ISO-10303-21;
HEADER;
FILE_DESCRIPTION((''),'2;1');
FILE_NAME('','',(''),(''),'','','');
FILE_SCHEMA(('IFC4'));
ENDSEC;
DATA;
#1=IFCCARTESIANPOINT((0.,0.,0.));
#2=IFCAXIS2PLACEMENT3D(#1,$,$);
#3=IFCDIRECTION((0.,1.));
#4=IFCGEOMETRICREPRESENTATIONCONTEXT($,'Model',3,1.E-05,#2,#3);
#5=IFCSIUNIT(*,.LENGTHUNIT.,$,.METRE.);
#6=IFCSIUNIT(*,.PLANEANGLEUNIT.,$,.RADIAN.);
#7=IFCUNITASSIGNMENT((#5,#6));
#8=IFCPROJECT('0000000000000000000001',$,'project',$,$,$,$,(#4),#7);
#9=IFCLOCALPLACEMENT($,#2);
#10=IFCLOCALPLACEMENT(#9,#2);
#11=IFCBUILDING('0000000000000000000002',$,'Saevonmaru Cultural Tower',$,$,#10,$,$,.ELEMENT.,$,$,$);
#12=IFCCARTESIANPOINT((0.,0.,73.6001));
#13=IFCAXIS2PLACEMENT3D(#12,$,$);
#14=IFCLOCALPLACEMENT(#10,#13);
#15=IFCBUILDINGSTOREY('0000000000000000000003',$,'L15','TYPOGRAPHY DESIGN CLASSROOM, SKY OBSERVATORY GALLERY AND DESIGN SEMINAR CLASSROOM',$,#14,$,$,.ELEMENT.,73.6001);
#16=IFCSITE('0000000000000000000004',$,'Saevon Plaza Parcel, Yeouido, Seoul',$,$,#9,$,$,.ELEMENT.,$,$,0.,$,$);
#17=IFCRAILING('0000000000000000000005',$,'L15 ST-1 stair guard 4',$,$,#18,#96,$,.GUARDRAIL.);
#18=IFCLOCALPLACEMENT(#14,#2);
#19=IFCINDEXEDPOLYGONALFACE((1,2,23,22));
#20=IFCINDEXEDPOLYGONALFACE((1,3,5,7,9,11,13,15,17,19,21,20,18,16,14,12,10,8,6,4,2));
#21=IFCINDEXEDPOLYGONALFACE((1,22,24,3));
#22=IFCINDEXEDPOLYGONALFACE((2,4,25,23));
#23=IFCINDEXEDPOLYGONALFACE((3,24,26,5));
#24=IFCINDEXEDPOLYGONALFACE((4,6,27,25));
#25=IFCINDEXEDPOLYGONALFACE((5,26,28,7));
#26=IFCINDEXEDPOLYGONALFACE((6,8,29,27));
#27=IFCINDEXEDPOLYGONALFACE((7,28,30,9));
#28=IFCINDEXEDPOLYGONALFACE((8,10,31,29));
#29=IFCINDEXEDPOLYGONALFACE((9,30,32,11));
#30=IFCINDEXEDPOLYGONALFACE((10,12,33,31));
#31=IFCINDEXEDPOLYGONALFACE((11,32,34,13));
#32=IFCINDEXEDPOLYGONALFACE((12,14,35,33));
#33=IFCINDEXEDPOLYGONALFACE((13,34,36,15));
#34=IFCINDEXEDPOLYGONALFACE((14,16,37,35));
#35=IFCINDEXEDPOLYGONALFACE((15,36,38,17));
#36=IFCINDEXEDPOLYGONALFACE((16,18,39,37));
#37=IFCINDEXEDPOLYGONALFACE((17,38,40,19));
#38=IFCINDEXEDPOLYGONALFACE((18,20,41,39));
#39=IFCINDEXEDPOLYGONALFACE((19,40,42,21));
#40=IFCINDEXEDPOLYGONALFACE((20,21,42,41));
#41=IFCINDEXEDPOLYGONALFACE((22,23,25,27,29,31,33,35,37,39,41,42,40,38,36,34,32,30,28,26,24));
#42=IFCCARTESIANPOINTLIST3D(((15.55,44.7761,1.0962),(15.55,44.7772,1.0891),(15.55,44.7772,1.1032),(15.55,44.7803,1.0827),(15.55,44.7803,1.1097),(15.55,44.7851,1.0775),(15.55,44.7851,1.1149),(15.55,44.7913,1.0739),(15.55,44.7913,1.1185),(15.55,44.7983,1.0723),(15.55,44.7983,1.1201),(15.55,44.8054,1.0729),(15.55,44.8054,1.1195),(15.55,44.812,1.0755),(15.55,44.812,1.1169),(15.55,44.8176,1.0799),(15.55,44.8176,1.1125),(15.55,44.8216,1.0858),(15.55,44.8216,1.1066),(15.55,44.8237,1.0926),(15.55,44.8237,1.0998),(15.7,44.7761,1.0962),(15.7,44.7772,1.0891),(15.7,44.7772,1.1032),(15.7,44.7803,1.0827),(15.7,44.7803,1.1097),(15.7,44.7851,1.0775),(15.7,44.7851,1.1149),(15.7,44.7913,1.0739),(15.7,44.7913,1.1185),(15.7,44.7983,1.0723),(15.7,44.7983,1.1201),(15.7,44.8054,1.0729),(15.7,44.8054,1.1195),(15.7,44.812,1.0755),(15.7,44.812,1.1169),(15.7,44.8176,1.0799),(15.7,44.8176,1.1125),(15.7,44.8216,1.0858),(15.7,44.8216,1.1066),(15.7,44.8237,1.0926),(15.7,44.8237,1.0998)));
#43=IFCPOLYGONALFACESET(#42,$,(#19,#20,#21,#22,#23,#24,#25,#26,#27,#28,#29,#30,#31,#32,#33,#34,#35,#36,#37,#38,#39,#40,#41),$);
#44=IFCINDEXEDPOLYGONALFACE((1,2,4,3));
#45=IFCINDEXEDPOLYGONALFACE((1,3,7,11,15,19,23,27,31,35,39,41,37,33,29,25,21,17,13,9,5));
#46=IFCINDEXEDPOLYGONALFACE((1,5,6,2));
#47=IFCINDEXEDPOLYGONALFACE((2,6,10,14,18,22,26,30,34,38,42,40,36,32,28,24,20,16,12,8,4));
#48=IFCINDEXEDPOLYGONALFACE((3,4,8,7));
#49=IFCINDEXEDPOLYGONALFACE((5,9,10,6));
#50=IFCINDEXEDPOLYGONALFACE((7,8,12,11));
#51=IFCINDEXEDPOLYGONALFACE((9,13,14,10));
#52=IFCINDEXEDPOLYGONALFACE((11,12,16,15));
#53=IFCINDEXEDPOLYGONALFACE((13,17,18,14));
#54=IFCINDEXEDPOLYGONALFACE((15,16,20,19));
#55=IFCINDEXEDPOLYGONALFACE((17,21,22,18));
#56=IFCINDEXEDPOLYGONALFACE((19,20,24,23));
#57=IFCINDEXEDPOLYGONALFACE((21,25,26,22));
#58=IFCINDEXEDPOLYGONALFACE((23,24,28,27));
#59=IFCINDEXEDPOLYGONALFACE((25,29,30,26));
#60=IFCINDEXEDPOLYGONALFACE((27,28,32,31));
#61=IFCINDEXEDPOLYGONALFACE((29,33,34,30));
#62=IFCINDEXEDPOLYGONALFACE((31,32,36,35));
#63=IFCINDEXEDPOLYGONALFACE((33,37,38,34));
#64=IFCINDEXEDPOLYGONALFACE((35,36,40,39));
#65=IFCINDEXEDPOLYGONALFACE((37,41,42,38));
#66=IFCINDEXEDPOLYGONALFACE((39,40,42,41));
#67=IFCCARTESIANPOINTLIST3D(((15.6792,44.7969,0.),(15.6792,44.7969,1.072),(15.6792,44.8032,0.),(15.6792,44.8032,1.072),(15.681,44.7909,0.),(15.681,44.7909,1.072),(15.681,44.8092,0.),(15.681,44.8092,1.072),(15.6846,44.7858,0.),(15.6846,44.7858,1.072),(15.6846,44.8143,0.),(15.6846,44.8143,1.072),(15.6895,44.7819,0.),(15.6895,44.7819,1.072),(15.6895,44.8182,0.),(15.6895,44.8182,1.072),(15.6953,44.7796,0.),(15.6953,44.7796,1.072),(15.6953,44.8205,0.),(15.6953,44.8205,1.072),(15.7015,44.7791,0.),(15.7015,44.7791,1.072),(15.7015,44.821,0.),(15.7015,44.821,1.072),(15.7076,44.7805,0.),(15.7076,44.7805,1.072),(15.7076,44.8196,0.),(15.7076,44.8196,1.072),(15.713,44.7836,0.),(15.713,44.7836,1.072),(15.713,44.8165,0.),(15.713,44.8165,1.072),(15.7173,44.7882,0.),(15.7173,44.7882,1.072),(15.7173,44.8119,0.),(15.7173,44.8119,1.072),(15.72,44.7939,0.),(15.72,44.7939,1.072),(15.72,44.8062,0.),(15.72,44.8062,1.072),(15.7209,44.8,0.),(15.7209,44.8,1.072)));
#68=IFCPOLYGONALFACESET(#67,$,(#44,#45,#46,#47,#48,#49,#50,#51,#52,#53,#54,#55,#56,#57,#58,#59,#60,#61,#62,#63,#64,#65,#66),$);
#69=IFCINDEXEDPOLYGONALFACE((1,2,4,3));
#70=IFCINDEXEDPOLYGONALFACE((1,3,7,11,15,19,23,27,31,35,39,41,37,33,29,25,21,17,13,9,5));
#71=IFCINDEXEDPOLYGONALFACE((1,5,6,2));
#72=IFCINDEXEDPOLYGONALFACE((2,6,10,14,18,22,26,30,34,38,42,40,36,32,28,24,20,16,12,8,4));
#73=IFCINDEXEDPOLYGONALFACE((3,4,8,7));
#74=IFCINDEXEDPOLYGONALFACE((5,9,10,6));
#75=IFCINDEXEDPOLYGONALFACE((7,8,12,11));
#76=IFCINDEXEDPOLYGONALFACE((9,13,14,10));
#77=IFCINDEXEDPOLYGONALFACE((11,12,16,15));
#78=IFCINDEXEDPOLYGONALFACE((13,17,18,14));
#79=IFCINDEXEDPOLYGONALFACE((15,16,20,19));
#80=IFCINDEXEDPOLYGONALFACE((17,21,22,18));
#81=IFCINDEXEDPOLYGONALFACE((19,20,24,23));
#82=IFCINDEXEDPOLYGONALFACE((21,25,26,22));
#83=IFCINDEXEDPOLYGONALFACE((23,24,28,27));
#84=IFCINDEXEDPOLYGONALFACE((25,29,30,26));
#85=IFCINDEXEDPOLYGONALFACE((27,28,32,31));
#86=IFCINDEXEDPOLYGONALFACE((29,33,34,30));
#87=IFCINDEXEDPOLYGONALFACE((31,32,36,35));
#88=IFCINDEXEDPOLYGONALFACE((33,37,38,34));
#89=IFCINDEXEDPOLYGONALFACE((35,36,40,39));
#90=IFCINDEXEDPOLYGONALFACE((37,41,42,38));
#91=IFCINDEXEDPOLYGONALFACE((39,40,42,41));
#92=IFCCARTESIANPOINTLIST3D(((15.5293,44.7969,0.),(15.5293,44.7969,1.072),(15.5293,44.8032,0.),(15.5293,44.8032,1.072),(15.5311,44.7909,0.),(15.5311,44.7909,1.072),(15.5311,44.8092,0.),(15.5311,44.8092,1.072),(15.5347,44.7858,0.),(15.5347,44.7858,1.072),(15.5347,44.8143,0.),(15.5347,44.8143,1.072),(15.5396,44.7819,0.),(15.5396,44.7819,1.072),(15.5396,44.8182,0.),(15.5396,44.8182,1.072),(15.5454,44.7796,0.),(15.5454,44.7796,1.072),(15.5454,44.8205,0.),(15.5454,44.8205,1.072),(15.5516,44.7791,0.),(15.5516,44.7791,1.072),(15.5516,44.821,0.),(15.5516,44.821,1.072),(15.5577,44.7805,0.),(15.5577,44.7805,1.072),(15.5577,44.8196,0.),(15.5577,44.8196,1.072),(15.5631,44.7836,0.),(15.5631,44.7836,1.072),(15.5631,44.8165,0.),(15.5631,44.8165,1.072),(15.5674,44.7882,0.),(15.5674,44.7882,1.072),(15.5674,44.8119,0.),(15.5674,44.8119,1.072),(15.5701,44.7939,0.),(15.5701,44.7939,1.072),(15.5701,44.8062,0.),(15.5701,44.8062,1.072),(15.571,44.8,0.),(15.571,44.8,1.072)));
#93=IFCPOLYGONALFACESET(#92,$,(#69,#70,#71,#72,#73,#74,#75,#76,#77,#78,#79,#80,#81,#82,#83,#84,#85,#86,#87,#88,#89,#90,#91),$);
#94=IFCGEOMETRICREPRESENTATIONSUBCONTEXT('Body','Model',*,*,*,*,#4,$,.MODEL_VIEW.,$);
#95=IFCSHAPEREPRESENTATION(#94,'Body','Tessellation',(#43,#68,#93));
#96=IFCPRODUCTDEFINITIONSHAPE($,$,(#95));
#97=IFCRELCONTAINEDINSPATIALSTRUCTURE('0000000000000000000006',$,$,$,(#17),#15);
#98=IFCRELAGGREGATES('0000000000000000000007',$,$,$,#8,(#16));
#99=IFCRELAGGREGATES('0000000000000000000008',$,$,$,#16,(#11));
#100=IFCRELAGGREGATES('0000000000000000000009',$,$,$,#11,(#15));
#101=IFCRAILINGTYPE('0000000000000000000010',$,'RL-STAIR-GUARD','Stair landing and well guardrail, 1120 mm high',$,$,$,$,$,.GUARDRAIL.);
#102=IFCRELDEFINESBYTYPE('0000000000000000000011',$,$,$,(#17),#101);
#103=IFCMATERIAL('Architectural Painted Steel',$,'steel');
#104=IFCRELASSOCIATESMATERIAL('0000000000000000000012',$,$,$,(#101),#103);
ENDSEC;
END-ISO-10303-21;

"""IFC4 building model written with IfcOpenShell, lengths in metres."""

from ifc_helpers import new_model, si_unit, direction, frame, origin, origin_2d, place, context, subcontext, project, spatial, circle, extrude, material, type_object, element, save


model = new_model("IFC4")

# Units and contexts
model_context = context("Model", 3, precision=1e-05, world=origin(), true_north=direction((0.0, 1.0)))
body_context = subcontext(model_context, "Body", "Model", "MODEL_VIEW")
ifc_project = project(units=[si_unit("LENGTHUNIT", "METRE"), si_unit("PLANEANGLEUNIT", "RADIAN")], contexts=[model_context])

# Site, building, storey
site_placement = place(None, origin())
site = spatial("IfcSite", under=ifc_project, at=site_placement, Name="Saevon Plaza Parcel, Yeouido, Seoul", CompositionType="ELEMENT", RefElevation=0.0)
building_placement = place(site_placement, origin())
building = spatial("IfcBuilding", under=site, at=building_placement, Name="Saevonmaru Cultural Tower", CompositionType="ELEMENT")
storey_placement = place(building_placement, frame((0.0, 0.0, 73.6001)))
storey = spatial("IfcBuildingStorey", under=building, at=storey_placement, Name="L15", Description="TYPOGRAPHY DESIGN CLASSROOM, SKY OBSERVATORY GALLERY AND DESIGN SEMINAR CLASSROOM", CompositionType="ELEMENT", Elevation=73.6001)

# Railing
ifc_material_1 = material(Name="Architectural Painted Steel", Category="steel")
railing_type_1 = type_object("IfcRailingType", Name="RL-STAIR-GUARD", Description="Stair landing and well guardrail, 1120 mm high", PredefinedType="GUARDRAIL", material=ifc_material_1)
railing_1_placement = place(storey_placement, frame((15.7, 44.8, 0.0)))
element("IfcRailing", 1, at=railing_1_placement, inside=storey, type_object=railing_type_1, Name="L15 ST-1 stair guard 4", PredefinedType="GUARDRAIL", context=body_context, shape_type="SweptSolid", body=[
    extrude(circle(Radius=0.0239, at=origin_2d()), frame((0.0, 0.0, 1.0962), z_axis=(-1.0, 0.0, 0.0), x_axis=(0.0, -1.0, 0.0)), (0.0, 0.0, 1.0), 0.1499),
    extrude(circle(Radius=0.021, at=origin_2d()), origin(), (0.0, 0.0, 1.0), 1.072),
    extrude(circle(Radius=0.021, at=origin_2d()), frame((-0.1499, 0.0, 0.0)), (0.0, 0.0, 1.0), 1.072),
])

save(model, "model.ifc")
